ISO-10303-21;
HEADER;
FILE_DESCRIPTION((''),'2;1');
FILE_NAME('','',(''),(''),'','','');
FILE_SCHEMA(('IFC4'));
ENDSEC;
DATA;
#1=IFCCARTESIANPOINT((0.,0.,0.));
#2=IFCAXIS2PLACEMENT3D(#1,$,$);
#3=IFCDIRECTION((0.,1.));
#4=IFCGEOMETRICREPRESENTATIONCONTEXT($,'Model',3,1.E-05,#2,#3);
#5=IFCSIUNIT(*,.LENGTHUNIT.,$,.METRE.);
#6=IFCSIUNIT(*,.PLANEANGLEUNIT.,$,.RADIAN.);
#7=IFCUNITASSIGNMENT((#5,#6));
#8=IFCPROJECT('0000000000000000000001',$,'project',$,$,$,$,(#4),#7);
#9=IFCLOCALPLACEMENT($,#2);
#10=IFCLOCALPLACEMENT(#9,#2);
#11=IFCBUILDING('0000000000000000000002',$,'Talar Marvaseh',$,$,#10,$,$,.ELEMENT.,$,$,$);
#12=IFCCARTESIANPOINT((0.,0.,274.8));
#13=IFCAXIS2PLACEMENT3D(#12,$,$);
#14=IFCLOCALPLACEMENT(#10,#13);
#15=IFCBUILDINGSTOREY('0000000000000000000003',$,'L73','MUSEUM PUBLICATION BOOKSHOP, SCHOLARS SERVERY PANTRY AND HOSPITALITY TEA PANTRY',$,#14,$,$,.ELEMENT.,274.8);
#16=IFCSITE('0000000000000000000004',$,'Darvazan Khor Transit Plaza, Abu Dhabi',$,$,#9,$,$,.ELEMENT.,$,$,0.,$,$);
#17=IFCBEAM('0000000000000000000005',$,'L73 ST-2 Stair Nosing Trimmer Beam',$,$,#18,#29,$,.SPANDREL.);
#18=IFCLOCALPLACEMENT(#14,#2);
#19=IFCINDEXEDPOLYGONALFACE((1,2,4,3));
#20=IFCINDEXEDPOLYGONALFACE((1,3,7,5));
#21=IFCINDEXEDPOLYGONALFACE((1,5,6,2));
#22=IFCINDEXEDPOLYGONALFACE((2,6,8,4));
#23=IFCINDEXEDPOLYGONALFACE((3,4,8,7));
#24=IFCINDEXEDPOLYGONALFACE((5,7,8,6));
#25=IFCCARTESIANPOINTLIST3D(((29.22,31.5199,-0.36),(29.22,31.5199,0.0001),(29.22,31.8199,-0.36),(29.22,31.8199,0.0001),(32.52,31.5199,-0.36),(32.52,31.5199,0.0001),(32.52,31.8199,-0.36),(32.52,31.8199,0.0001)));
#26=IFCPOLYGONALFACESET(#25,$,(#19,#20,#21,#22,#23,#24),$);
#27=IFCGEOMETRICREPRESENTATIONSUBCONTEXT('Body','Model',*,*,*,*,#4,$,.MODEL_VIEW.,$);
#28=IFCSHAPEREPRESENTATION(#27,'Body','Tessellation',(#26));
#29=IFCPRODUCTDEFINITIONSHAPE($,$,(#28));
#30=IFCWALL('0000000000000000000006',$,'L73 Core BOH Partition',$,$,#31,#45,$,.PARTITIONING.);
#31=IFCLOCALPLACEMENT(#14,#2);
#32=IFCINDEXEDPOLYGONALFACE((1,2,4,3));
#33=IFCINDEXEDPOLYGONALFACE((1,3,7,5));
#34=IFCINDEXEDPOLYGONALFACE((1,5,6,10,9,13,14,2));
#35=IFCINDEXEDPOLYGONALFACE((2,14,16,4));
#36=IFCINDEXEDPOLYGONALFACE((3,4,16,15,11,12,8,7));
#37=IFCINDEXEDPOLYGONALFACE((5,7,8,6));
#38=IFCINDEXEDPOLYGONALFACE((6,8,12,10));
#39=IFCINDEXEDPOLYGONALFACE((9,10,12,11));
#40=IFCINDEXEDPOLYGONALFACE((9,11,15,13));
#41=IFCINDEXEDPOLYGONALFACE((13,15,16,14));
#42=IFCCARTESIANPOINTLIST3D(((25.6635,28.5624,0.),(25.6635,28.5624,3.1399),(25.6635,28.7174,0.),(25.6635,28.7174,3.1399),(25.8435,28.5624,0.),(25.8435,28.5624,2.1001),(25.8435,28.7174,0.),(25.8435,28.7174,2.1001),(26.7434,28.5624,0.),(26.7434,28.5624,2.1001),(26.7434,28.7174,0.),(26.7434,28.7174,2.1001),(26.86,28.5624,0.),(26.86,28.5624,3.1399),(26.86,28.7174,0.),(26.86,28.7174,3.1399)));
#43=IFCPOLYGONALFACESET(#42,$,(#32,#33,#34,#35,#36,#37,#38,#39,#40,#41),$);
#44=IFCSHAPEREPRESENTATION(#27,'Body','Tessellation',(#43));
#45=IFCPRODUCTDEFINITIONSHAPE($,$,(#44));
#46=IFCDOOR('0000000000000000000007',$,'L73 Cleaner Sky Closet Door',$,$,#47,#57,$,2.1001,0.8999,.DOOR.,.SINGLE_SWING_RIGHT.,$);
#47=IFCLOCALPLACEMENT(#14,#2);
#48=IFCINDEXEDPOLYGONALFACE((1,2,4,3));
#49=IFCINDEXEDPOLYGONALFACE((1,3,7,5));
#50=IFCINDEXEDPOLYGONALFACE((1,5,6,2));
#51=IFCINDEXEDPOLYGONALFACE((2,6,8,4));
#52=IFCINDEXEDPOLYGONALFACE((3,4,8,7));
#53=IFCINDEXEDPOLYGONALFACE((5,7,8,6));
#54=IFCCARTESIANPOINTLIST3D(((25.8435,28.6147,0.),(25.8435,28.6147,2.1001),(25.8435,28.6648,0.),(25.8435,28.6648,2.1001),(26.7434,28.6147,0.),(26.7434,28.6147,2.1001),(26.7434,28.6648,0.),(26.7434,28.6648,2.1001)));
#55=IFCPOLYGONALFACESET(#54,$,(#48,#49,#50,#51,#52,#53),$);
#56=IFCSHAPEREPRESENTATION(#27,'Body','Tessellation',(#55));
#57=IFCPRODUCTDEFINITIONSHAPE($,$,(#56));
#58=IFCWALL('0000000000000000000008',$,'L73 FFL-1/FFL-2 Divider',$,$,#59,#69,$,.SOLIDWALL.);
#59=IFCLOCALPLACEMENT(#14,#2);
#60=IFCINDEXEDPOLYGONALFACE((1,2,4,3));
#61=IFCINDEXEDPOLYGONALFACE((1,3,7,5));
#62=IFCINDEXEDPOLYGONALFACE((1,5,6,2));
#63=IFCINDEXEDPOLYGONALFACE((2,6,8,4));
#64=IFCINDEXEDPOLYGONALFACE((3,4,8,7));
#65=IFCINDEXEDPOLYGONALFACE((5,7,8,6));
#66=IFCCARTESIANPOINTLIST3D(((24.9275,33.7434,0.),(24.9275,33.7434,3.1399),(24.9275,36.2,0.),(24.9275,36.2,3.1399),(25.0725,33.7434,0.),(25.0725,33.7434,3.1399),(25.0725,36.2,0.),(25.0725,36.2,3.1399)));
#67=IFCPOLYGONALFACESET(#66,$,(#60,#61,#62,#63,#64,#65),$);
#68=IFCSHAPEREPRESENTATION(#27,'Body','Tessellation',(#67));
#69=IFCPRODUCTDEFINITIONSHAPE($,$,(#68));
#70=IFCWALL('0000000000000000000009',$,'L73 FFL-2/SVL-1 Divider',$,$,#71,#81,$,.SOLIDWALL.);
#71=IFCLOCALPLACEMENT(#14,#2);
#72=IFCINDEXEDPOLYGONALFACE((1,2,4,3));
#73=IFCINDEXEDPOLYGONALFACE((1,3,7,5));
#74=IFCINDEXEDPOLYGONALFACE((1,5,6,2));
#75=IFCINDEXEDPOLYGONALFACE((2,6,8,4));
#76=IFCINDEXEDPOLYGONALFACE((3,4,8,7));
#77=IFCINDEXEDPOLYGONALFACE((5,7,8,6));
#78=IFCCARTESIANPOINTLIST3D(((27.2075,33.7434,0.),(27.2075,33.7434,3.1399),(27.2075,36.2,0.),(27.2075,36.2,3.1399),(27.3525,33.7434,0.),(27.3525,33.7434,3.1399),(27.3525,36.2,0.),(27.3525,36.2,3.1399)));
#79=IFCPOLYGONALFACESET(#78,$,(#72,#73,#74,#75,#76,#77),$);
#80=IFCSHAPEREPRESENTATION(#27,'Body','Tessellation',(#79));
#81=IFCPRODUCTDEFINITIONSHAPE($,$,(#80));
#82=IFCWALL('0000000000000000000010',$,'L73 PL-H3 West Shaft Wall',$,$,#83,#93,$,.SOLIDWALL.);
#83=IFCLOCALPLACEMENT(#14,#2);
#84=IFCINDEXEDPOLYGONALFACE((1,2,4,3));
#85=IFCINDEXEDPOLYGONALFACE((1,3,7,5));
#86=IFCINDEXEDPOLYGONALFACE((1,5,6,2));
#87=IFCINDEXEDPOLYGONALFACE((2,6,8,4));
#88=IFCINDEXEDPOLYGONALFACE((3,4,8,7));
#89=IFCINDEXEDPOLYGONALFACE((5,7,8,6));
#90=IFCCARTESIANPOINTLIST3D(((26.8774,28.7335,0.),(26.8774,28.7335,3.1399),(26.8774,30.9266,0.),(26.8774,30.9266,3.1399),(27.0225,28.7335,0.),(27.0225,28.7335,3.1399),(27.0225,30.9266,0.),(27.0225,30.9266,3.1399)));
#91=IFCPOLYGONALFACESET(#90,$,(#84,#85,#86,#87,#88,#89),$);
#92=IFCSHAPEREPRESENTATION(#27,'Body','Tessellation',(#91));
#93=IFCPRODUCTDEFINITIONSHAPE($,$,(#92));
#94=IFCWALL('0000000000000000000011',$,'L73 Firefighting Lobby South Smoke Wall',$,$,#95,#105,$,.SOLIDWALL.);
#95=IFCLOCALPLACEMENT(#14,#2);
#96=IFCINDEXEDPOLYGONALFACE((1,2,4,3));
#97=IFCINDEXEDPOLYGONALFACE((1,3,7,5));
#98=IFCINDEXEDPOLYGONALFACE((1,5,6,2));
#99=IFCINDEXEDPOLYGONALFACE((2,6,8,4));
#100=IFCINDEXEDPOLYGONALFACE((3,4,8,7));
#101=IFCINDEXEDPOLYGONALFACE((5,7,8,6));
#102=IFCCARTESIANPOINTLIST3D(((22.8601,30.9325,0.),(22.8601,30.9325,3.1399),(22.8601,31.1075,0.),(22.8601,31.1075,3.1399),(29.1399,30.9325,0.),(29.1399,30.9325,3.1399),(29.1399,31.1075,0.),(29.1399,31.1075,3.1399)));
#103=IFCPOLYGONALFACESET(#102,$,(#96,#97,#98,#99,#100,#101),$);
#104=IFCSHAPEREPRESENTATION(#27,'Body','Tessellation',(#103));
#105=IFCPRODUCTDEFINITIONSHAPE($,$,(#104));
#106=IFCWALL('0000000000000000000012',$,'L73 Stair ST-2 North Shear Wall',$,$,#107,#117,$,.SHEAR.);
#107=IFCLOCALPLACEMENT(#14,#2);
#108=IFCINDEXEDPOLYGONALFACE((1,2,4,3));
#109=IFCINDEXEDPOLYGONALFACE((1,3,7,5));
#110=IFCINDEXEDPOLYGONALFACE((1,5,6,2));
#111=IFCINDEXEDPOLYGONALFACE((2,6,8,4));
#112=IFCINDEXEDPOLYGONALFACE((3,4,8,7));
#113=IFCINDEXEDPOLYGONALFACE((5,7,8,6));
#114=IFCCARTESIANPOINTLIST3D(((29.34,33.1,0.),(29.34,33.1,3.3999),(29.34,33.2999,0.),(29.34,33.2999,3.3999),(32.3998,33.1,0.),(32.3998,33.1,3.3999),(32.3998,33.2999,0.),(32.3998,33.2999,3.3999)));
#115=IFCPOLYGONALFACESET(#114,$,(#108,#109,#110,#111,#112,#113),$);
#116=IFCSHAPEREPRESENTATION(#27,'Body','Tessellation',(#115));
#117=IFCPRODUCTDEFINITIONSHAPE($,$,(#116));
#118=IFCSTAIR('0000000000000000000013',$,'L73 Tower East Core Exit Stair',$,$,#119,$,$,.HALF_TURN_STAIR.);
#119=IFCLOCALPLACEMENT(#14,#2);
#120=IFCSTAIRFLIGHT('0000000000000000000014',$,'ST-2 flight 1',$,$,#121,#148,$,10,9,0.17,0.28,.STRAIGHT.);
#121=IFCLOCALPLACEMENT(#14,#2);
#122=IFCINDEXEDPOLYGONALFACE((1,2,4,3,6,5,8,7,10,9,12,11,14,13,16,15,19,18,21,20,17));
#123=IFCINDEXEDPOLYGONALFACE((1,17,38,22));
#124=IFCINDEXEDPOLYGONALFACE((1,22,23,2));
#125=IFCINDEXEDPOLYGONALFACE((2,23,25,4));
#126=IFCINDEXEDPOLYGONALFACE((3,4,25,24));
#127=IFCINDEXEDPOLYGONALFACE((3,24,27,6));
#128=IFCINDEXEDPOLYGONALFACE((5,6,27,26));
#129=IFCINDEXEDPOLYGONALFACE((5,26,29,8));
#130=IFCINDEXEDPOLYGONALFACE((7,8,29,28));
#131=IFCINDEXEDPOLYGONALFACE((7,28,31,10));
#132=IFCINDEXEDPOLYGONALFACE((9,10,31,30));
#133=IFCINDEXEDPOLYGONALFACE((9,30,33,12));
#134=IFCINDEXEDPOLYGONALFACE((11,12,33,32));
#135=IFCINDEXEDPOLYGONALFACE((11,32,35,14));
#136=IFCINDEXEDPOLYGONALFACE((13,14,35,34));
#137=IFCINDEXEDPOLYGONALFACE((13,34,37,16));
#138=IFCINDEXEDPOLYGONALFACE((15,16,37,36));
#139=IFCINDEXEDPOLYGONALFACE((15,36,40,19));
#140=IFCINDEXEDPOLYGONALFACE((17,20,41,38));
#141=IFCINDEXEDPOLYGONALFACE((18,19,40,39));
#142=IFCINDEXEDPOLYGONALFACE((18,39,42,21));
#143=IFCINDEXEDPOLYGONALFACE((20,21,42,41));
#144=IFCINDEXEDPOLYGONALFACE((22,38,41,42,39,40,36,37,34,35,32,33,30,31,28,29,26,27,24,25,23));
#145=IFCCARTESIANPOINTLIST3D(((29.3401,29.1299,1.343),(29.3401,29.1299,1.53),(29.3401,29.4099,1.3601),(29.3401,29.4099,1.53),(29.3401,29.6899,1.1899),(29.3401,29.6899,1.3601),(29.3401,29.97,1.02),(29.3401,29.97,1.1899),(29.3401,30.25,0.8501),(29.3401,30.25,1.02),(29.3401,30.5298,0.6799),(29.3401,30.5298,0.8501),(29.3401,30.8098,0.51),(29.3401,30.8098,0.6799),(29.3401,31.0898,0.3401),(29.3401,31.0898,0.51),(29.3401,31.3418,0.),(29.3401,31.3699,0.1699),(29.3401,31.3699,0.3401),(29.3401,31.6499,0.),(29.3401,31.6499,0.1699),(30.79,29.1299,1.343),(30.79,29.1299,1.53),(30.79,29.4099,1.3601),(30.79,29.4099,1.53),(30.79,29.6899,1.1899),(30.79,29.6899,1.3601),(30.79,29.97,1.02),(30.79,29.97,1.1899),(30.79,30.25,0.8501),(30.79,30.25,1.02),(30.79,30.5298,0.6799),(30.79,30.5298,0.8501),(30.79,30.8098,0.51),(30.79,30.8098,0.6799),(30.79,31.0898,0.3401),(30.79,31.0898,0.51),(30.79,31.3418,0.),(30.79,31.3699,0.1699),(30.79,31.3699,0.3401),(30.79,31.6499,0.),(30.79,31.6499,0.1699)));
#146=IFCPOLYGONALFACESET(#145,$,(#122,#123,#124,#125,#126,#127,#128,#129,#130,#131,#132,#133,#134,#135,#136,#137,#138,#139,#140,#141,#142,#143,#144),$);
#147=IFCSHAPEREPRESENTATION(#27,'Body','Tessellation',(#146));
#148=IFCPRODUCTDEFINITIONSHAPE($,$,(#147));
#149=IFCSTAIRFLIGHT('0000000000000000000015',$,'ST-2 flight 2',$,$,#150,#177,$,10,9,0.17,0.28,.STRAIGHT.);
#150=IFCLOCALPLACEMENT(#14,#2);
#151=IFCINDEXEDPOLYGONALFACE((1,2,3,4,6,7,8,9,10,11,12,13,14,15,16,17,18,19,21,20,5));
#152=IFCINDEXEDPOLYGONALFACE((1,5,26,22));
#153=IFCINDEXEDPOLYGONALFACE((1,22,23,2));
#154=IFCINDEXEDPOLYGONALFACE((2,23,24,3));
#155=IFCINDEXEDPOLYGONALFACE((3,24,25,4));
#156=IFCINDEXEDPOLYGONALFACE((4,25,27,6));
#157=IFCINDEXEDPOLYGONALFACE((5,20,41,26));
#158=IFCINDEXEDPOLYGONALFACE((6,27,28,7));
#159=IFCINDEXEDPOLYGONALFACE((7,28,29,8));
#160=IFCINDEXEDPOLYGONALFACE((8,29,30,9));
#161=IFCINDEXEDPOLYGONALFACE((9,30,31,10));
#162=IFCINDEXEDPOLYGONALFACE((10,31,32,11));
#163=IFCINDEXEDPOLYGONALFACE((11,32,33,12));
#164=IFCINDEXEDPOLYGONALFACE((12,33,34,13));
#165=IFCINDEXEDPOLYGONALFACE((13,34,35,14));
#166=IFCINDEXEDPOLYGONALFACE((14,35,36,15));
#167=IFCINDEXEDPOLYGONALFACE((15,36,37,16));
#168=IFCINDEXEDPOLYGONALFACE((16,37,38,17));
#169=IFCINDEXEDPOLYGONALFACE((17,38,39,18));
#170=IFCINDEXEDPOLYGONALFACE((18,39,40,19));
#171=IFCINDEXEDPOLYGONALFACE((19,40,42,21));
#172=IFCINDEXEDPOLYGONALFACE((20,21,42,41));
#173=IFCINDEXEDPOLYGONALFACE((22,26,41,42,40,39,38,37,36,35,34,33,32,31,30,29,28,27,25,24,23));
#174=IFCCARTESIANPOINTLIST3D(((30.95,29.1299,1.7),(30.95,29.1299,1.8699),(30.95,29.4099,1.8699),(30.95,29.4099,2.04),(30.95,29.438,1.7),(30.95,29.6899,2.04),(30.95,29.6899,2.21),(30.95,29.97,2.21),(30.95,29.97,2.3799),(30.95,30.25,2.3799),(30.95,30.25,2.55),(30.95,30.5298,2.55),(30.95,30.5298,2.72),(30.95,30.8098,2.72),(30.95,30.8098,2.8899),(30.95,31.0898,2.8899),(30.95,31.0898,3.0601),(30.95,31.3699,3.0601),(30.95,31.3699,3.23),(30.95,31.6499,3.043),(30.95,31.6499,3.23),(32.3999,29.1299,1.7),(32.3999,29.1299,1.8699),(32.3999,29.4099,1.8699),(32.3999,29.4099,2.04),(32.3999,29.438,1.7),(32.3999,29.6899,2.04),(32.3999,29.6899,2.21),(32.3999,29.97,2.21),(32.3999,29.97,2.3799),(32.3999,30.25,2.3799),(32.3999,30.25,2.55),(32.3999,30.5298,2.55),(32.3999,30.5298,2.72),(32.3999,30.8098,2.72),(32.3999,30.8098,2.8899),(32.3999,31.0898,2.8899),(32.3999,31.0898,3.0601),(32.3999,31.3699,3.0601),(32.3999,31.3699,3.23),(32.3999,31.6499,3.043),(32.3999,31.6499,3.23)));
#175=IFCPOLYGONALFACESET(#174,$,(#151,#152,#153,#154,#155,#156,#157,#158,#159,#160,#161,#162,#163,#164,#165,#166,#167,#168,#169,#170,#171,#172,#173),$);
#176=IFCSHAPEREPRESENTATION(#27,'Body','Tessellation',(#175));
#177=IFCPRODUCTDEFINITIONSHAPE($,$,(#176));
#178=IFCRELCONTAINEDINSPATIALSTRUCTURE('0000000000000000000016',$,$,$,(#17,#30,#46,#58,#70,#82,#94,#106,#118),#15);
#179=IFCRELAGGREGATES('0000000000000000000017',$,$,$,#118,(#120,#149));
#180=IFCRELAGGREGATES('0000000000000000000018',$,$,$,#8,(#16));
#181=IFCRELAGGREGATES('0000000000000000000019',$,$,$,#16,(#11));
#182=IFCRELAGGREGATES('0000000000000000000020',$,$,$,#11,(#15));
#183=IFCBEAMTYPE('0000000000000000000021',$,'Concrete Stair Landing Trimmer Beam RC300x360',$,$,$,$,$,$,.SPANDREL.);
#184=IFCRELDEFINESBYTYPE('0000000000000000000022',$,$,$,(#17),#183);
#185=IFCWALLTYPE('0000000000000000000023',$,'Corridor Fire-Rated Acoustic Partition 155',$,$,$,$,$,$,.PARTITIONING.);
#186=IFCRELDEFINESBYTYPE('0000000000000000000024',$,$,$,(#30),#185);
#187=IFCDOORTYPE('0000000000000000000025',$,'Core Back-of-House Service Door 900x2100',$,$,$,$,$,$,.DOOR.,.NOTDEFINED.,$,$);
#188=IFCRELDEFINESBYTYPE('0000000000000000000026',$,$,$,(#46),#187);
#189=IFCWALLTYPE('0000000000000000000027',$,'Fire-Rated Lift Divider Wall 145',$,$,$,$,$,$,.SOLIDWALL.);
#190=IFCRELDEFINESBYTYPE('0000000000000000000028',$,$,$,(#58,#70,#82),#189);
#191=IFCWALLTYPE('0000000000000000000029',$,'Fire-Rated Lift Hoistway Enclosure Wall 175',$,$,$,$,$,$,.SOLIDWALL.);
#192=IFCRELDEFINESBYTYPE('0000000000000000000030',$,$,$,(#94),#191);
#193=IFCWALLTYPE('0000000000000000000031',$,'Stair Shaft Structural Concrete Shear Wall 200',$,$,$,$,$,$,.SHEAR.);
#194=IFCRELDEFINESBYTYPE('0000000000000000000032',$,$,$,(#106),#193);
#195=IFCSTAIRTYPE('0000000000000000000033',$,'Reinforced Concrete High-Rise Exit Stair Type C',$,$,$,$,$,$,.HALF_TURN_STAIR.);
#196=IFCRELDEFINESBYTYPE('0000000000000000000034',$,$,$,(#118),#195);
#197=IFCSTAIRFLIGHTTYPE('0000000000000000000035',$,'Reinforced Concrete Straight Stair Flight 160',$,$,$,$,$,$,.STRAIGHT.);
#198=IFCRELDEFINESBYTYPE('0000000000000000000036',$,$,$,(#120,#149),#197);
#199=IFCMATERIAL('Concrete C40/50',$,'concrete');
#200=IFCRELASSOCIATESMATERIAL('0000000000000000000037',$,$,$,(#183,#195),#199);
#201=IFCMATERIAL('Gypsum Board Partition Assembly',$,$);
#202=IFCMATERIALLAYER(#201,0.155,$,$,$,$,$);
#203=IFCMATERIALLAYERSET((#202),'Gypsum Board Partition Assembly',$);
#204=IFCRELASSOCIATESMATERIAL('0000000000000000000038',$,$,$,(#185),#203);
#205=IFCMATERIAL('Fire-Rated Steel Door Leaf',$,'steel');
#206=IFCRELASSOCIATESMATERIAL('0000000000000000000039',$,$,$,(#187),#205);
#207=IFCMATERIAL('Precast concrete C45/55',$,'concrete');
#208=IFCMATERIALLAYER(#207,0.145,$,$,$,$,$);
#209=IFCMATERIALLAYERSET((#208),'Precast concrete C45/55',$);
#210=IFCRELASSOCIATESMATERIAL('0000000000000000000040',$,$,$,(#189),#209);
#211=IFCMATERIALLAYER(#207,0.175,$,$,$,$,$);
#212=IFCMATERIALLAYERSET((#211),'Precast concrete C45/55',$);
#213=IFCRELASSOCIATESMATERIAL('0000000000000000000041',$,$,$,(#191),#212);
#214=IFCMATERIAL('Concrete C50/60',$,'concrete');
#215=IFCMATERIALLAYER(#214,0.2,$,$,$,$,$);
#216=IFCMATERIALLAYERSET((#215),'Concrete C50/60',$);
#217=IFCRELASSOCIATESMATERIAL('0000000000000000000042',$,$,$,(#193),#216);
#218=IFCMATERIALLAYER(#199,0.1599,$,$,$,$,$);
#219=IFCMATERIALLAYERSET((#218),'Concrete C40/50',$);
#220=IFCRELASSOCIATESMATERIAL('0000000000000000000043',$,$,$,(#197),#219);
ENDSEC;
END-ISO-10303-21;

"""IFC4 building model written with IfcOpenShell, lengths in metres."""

from ifc_helpers import new_model, si_unit, direction, frame, frame_2d, origin, origin_2d, place, context, subcontext, project, spatial, polyline, rectangle, outline, extrude, source, transform, mapped, material, layer, layer_set, material_profile, profile_set, type_object, type_shapes, element, fill, aggregate, save


model = new_model("IFC4")

# Units and contexts
model_context = context("Model", 3, precision=1e-05, world=origin(), true_north=direction((0.0, 1.0)))
body_context = subcontext(model_context, "Body", "Model", "MODEL_VIEW")
ifc_project = project(units=[si_unit("LENGTHUNIT", "METRE"), si_unit("PLANEANGLEUNIT", "RADIAN")], contexts=[model_context])

# Site, building, storey
site_placement = place(None, origin())
site = spatial("IfcSite", under=ifc_project, at=site_placement, Name="Darvazan Khor Transit Plaza, Abu Dhabi", CompositionType="ELEMENT", RefElevation=0.0)
building_placement = place(site_placement, origin())
building = spatial("IfcBuilding", under=site, at=building_placement, Name="Talar Marvaseh", CompositionType="ELEMENT")
storey_placement = place(building_placement, frame((0.0, 0.0, 274.8)))
storey = spatial("IfcBuildingStorey", under=building, at=storey_placement, Name="L73", Description="MUSEUM PUBLICATION BOOKSHOP, SCHOLARS SERVERY PANTRY AND HOSPITALITY TEA PANTRY", CompositionType="ELEMENT", Elevation=274.8)

# Beam
ifc_material_1 = material(Name="Concrete C40/50", Category="concrete")
ifc_material_profile = material_profile(ifc_material_1, rectangle(XDim=0.3, YDim=0.3601, at=origin_2d()), Name="RC300x360")
ifc_profile_set = profile_set([ifc_material_profile], Name="Concrete C40/50")
beam_type = type_object("IfcBeamType", Name="Concrete Stair Landing Trimmer Beam RC300x360", PredefinedType="SPANDREL", material=ifc_profile_set)
beam_placement = place(storey_placement, frame((29.22, 31.6699, -0.1799), z_axis=(1.0, 0.0, 0.0), x_axis=(0.0, 1.0, 0.0)))
element("IfcBeam", 1, at=beam_placement, inside=storey, type_object=beam_type, Name="L73 ST-2 Stair Nosing Trimmer Beam", PredefinedType="SPANDREL", context=body_context, shape_type="SweptSolid", body=[
    extrude(rectangle(XDim=0.3, YDim=0.3601, at=origin_2d()), origin(), (0.0, 0.0, 1.0), 3.3),
])

# Wall, opening, door
ifc_material_2 = material(Name="Gypsum Board Partition Assembly")
ifc_layer_1 = layer(ifc_material_2, 0.155)
ifc_layer_set_1 = layer_set([ifc_layer_1], Name="Gypsum Board Partition Assembly")
wall_type_1 = type_object("IfcWallType", Name="Corridor Fire-Rated Acoustic Partition 155", PredefinedType="PARTITIONING", material=ifc_layer_set_1)
wall_1_placement = place(storey_placement, frame((25.6636, 28.6399, 0.0), z_axis=(0.0, 0.0, 1.0), x_axis=(1.0, 0.0, 0.0)))
wall_1 = element("IfcWall", 2, at=wall_1_placement, inside=storey, type_object=wall_type_1, Name="L73 Core BOH Partition", PredefinedType="PARTITIONING", context=body_context, shape_type="SweptSolid", body=[
    extrude(rectangle(XDim=1.1965, YDim=0.155, at=frame_2d((0.5981, 0.0))), origin(), (0.0, 0.0, 1.0), 3.1399),
])
opening_1_placement = place(wall_1_placement, frame((0.1799, 0.0, 0.0)))
opening_1 = element("IfcOpeningElement", 3, at=opening_1_placement, cuts=wall_1, PredefinedType="OPENING", context=body_context, shape_type="SweptSolid", body=[
    extrude(rectangle(XDim=0.8999, YDim=2.1001, at=frame_2d((0.45, 1.05))), frame((0.0, 0.0874, 0.0), z_axis=(0.0, -1.0, 0.0), x_axis=(1.0, 0.0, 0.0)), (0.0, 0.0, 1.0), 0.175),
])
ifc_material_3 = material(Name="Fire-Rated Steel Door Leaf", Category="steel")
door_type_1 = type_object("IfcDoorType", Name="Core Back-of-House Service Door 900x2100", OperationType="NOTDEFINED", PredefinedType="DOOR", material=ifc_material_3)
shared_shape_1 = source(origin(), body_context, "Body", "SweptSolid", [
    extrude(rectangle(XDim=0.8999, YDim=2.1001, at=frame_2d((0.45, 1.05))), frame((0.0, 0.0249, 0.0), z_axis=(0.0, -1.0, 0.0), x_axis=(1.0, 0.0, 0.0)), (0.0, 0.0, 1.0), 0.05),
])
type_shapes(door_type_1, [shared_shape_1])
door_1_placement = place(opening_1_placement, origin())
door_1 = element("IfcDoor", 4, at=door_1_placement, inside=storey, type_object=door_type_1, Name="L73 Cleaner Sky Closet Door", OperationType="SINGLE_SWING_RIGHT", OverallHeight=2.1001, OverallWidth=0.8999, PredefinedType="DOOR", context=body_context, shape_type="MappedRepresentation", body=[
    mapped(shared_shape_1, transform((0.0, 0.0, 0.0), x_axis=(1.0, 0.0, 0.0), y_axis=(0.0, 1.0, 0.0), z_axis=(0.0, 0.0, 1.0), scale=1.0)),
])
fill(opening_1, door_1)

# Walls
ifc_material_4 = material(Name="Precast concrete C45/55", Category="concrete")
ifc_layer_2 = layer(ifc_material_4, 0.145)
ifc_layer_set_2 = layer_set([ifc_layer_2], Name="Precast concrete C45/55")
wall_type_2 = type_object("IfcWallType", Name="Fire-Rated Lift Divider Wall 145", PredefinedType="SOLIDWALL", material=ifc_layer_set_2)
for number, where, z_axis, x_axis, name in (
    (5, (25.0, 33.7434, 0.0), (0.0, 0.0, 1.0), (0.0, 1.0, 0.0), "L73 FFL-1/FFL-2 Divider"),
    (6, (27.28, 33.7434, 0.0), (0.0, 0.0, 1.0), (0.0, 1.0, 0.0), "L73 FFL-2/SVL-1 Divider"),
):
    element("IfcWall", number, at=place(storey_placement, frame(where, z_axis=z_axis, x_axis=x_axis)), inside=storey, type_object=wall_type_2, Name=name, PredefinedType="SOLIDWALL", context=body_context, shape_type="SweptSolid", body=[
        extrude(rectangle(XDim=2.4565, YDim=0.145, at=frame_2d((1.2283, 0.0))), origin(), (0.0, 0.0, 1.0), 3.1399),
    ])
wall_2_placement = place(storey_placement, frame((26.95, 28.7334, 0.0), z_axis=(0.0, 0.0, 1.0), x_axis=(0.0, 1.0, 0.0)))
element("IfcWall", 7, at=wall_2_placement, inside=storey, type_object=wall_type_2, Name="L73 PL-H3 West Shaft Wall", PredefinedType="SOLIDWALL", context=body_context, shape_type="SweptSolid", body=[
    extrude(rectangle(XDim=2.1931, YDim=0.145, at=frame_2d((1.0967, 0.0))), origin(), (0.0, 0.0, 1.0), 3.1399),
])

# Shared definitions
ifc_layer_3 = layer(ifc_material_4, 0.175)
ifc_layer_set_3 = layer_set([ifc_layer_3], Name="Precast concrete C45/55")
wall_type_3 = type_object("IfcWallType", Name="Fire-Rated Lift Hoistway Enclosure Wall 175", PredefinedType="SOLIDWALL", material=ifc_layer_set_3)

# Wall
wall_3_placement = place(storey_placement, frame((22.8601, 31.02, 0.0), z_axis=(0.0, 0.0, 1.0), x_axis=(1.0, 0.0, 0.0)))
element("IfcWall", 8, at=wall_3_placement, inside=storey, type_object=wall_type_3, Name="L73 Firefighting Lobby South Smoke Wall", PredefinedType="SOLIDWALL", context=body_context, shape_type="SweptSolid", body=[
    extrude(rectangle(XDim=6.2798, YDim=0.175, at=frame_2d((3.1399, 0.0))), origin(), (0.0, 0.0, 1.0), 3.1399),
])

# Wall
ifc_material_5 = material(Name="Concrete C50/60", Category="concrete")
ifc_layer_4 = layer(ifc_material_5, 0.2)
ifc_layer_set_4 = layer_set([ifc_layer_4], Name="Concrete C50/60")
wall_type_4 = type_object("IfcWallType", Name="Stair Shaft Structural Concrete Shear Wall 200", PredefinedType="SHEAR", material=ifc_layer_set_4)
wall_4_placement = place(storey_placement, frame((29.3401, 33.2, 0.0), z_axis=(0.0, 0.0, 1.0), x_axis=(1.0, 0.0, 0.0)))
element("IfcWall", 9, at=wall_4_placement, inside=storey, type_object=wall_type_4, Name="L73 Stair ST-2 North Shear Wall", PredefinedType="SHEAR", context=body_context, shape_type="SweptSolid", body=[
    extrude(rectangle(XDim=3.0598, YDim=0.2, at=frame_2d((1.5298, 0.0))), origin(), (0.0, 0.0, 1.0), 3.3999),
])

# Stair, stair flights
stair_type = type_object("IfcStairType", Name="Reinforced Concrete High-Rise Exit Stair Type C", PredefinedType="HALF_TURN_STAIR", material=ifc_material_1)
stair_placement = place(storey_placement, origin())
stair = element("IfcStair", 10, at=stair_placement, inside=storey, type_object=stair_type, Name="L73 Tower East Core Exit Stair", PredefinedType="HALF_TURN_STAIR")
ifc_layer_5 = layer(ifc_material_1, 0.1599)
ifc_layer_set_5 = layer_set([ifc_layer_5], Name="Concrete C40/50")
stair_flight_type = type_object("IfcStairFlightType", Name="Reinforced Concrete Straight Stair Flight 160", PredefinedType="STRAIGHT", material=ifc_layer_set_5)
stair_flight_1_placement = place(storey_placement, frame((30.0649, 31.6499, 0.0), z_axis=(0.0, 0.0, 1.0), x_axis=(0.0, -1.0, 0.0)))
stair_flight_1 = element("IfcStairFlight", 11, at=stair_flight_1_placement, type_object=stair_flight_type, Name="ST-2 flight 1", NumberOfRisers=10, NumberOfTreads=9, PredefinedType="STRAIGHT", RiserHeight=0.17, TreadLength=0.28, context=body_context, shape_type="SweptSolid", body=[
    extrude(outline(polyline([(0.0, 0.0), (0.0, 0.1699), (0.28, 0.1699), (0.28, 0.3401), (0.5601, 0.3401), (0.5601, 0.51), (0.8401, 0.51), (0.8401, 0.6799), (1.1201, 0.6799), (1.1201, 0.8501), (1.3999, 0.8501), (1.3999, 1.02), (1.6799, 1.02), (1.6799, 1.1899), (1.96, 1.1899), (1.96, 1.3601), (2.24, 1.3601), (2.24, 1.53), (2.52, 1.53), (2.52, 1.7), (2.52, 1.343), (0.3081, 0.0), (0.0, 0.0)])), frame((0.0, 0.7251, 0.0), z_axis=(0.0, -1.0, 0.0), x_axis=(1.0, 0.0, 0.0)), (0.0, 0.0, 1.0), 1.45),
])
stair_flight_2_placement = place(storey_placement, frame((31.675, 29.1299, 1.7), z_axis=(0.0, 0.0, 1.0), x_axis=(0.0, 1.0, 0.0)))
stair_flight_2 = element("IfcStairFlight", 12, at=stair_flight_2_placement, type_object=stair_flight_type, Name="ST-2 flight 2", NumberOfRisers=10, NumberOfTreads=9, PredefinedType="STRAIGHT", RiserHeight=0.17, TreadLength=0.28, context=body_context, shape_type="SweptSolid", body=[
    extrude(outline(polyline([(0.0, 0.0), (0.0, 0.1699), (0.28, 0.1699), (0.28, 0.3401), (0.5601, 0.3401), (0.5601, 0.51), (0.8401, 0.51), (0.8401, 0.6799), (1.1201, 0.6799), (1.1201, 0.8501), (1.3999, 0.8501), (1.3999, 1.02), (1.6799, 1.02), (1.6799, 1.1899), (1.96, 1.1899), (1.96, 1.3601), (2.24, 1.3601), (2.24, 1.53), (2.52, 1.53), (2.52, 1.7), (2.52, 1.343), (0.3081, 0.0), (0.0, 0.0)])), frame((0.0, 0.7251, 0.0), z_axis=(0.0, -1.0, 0.0), x_axis=(1.0, 0.0, 0.0)), (0.0, 0.0, 1.0), 1.45),
])
aggregate(stair, [stair_flight_1, stair_flight_2])

save(model, "model.ifc")
